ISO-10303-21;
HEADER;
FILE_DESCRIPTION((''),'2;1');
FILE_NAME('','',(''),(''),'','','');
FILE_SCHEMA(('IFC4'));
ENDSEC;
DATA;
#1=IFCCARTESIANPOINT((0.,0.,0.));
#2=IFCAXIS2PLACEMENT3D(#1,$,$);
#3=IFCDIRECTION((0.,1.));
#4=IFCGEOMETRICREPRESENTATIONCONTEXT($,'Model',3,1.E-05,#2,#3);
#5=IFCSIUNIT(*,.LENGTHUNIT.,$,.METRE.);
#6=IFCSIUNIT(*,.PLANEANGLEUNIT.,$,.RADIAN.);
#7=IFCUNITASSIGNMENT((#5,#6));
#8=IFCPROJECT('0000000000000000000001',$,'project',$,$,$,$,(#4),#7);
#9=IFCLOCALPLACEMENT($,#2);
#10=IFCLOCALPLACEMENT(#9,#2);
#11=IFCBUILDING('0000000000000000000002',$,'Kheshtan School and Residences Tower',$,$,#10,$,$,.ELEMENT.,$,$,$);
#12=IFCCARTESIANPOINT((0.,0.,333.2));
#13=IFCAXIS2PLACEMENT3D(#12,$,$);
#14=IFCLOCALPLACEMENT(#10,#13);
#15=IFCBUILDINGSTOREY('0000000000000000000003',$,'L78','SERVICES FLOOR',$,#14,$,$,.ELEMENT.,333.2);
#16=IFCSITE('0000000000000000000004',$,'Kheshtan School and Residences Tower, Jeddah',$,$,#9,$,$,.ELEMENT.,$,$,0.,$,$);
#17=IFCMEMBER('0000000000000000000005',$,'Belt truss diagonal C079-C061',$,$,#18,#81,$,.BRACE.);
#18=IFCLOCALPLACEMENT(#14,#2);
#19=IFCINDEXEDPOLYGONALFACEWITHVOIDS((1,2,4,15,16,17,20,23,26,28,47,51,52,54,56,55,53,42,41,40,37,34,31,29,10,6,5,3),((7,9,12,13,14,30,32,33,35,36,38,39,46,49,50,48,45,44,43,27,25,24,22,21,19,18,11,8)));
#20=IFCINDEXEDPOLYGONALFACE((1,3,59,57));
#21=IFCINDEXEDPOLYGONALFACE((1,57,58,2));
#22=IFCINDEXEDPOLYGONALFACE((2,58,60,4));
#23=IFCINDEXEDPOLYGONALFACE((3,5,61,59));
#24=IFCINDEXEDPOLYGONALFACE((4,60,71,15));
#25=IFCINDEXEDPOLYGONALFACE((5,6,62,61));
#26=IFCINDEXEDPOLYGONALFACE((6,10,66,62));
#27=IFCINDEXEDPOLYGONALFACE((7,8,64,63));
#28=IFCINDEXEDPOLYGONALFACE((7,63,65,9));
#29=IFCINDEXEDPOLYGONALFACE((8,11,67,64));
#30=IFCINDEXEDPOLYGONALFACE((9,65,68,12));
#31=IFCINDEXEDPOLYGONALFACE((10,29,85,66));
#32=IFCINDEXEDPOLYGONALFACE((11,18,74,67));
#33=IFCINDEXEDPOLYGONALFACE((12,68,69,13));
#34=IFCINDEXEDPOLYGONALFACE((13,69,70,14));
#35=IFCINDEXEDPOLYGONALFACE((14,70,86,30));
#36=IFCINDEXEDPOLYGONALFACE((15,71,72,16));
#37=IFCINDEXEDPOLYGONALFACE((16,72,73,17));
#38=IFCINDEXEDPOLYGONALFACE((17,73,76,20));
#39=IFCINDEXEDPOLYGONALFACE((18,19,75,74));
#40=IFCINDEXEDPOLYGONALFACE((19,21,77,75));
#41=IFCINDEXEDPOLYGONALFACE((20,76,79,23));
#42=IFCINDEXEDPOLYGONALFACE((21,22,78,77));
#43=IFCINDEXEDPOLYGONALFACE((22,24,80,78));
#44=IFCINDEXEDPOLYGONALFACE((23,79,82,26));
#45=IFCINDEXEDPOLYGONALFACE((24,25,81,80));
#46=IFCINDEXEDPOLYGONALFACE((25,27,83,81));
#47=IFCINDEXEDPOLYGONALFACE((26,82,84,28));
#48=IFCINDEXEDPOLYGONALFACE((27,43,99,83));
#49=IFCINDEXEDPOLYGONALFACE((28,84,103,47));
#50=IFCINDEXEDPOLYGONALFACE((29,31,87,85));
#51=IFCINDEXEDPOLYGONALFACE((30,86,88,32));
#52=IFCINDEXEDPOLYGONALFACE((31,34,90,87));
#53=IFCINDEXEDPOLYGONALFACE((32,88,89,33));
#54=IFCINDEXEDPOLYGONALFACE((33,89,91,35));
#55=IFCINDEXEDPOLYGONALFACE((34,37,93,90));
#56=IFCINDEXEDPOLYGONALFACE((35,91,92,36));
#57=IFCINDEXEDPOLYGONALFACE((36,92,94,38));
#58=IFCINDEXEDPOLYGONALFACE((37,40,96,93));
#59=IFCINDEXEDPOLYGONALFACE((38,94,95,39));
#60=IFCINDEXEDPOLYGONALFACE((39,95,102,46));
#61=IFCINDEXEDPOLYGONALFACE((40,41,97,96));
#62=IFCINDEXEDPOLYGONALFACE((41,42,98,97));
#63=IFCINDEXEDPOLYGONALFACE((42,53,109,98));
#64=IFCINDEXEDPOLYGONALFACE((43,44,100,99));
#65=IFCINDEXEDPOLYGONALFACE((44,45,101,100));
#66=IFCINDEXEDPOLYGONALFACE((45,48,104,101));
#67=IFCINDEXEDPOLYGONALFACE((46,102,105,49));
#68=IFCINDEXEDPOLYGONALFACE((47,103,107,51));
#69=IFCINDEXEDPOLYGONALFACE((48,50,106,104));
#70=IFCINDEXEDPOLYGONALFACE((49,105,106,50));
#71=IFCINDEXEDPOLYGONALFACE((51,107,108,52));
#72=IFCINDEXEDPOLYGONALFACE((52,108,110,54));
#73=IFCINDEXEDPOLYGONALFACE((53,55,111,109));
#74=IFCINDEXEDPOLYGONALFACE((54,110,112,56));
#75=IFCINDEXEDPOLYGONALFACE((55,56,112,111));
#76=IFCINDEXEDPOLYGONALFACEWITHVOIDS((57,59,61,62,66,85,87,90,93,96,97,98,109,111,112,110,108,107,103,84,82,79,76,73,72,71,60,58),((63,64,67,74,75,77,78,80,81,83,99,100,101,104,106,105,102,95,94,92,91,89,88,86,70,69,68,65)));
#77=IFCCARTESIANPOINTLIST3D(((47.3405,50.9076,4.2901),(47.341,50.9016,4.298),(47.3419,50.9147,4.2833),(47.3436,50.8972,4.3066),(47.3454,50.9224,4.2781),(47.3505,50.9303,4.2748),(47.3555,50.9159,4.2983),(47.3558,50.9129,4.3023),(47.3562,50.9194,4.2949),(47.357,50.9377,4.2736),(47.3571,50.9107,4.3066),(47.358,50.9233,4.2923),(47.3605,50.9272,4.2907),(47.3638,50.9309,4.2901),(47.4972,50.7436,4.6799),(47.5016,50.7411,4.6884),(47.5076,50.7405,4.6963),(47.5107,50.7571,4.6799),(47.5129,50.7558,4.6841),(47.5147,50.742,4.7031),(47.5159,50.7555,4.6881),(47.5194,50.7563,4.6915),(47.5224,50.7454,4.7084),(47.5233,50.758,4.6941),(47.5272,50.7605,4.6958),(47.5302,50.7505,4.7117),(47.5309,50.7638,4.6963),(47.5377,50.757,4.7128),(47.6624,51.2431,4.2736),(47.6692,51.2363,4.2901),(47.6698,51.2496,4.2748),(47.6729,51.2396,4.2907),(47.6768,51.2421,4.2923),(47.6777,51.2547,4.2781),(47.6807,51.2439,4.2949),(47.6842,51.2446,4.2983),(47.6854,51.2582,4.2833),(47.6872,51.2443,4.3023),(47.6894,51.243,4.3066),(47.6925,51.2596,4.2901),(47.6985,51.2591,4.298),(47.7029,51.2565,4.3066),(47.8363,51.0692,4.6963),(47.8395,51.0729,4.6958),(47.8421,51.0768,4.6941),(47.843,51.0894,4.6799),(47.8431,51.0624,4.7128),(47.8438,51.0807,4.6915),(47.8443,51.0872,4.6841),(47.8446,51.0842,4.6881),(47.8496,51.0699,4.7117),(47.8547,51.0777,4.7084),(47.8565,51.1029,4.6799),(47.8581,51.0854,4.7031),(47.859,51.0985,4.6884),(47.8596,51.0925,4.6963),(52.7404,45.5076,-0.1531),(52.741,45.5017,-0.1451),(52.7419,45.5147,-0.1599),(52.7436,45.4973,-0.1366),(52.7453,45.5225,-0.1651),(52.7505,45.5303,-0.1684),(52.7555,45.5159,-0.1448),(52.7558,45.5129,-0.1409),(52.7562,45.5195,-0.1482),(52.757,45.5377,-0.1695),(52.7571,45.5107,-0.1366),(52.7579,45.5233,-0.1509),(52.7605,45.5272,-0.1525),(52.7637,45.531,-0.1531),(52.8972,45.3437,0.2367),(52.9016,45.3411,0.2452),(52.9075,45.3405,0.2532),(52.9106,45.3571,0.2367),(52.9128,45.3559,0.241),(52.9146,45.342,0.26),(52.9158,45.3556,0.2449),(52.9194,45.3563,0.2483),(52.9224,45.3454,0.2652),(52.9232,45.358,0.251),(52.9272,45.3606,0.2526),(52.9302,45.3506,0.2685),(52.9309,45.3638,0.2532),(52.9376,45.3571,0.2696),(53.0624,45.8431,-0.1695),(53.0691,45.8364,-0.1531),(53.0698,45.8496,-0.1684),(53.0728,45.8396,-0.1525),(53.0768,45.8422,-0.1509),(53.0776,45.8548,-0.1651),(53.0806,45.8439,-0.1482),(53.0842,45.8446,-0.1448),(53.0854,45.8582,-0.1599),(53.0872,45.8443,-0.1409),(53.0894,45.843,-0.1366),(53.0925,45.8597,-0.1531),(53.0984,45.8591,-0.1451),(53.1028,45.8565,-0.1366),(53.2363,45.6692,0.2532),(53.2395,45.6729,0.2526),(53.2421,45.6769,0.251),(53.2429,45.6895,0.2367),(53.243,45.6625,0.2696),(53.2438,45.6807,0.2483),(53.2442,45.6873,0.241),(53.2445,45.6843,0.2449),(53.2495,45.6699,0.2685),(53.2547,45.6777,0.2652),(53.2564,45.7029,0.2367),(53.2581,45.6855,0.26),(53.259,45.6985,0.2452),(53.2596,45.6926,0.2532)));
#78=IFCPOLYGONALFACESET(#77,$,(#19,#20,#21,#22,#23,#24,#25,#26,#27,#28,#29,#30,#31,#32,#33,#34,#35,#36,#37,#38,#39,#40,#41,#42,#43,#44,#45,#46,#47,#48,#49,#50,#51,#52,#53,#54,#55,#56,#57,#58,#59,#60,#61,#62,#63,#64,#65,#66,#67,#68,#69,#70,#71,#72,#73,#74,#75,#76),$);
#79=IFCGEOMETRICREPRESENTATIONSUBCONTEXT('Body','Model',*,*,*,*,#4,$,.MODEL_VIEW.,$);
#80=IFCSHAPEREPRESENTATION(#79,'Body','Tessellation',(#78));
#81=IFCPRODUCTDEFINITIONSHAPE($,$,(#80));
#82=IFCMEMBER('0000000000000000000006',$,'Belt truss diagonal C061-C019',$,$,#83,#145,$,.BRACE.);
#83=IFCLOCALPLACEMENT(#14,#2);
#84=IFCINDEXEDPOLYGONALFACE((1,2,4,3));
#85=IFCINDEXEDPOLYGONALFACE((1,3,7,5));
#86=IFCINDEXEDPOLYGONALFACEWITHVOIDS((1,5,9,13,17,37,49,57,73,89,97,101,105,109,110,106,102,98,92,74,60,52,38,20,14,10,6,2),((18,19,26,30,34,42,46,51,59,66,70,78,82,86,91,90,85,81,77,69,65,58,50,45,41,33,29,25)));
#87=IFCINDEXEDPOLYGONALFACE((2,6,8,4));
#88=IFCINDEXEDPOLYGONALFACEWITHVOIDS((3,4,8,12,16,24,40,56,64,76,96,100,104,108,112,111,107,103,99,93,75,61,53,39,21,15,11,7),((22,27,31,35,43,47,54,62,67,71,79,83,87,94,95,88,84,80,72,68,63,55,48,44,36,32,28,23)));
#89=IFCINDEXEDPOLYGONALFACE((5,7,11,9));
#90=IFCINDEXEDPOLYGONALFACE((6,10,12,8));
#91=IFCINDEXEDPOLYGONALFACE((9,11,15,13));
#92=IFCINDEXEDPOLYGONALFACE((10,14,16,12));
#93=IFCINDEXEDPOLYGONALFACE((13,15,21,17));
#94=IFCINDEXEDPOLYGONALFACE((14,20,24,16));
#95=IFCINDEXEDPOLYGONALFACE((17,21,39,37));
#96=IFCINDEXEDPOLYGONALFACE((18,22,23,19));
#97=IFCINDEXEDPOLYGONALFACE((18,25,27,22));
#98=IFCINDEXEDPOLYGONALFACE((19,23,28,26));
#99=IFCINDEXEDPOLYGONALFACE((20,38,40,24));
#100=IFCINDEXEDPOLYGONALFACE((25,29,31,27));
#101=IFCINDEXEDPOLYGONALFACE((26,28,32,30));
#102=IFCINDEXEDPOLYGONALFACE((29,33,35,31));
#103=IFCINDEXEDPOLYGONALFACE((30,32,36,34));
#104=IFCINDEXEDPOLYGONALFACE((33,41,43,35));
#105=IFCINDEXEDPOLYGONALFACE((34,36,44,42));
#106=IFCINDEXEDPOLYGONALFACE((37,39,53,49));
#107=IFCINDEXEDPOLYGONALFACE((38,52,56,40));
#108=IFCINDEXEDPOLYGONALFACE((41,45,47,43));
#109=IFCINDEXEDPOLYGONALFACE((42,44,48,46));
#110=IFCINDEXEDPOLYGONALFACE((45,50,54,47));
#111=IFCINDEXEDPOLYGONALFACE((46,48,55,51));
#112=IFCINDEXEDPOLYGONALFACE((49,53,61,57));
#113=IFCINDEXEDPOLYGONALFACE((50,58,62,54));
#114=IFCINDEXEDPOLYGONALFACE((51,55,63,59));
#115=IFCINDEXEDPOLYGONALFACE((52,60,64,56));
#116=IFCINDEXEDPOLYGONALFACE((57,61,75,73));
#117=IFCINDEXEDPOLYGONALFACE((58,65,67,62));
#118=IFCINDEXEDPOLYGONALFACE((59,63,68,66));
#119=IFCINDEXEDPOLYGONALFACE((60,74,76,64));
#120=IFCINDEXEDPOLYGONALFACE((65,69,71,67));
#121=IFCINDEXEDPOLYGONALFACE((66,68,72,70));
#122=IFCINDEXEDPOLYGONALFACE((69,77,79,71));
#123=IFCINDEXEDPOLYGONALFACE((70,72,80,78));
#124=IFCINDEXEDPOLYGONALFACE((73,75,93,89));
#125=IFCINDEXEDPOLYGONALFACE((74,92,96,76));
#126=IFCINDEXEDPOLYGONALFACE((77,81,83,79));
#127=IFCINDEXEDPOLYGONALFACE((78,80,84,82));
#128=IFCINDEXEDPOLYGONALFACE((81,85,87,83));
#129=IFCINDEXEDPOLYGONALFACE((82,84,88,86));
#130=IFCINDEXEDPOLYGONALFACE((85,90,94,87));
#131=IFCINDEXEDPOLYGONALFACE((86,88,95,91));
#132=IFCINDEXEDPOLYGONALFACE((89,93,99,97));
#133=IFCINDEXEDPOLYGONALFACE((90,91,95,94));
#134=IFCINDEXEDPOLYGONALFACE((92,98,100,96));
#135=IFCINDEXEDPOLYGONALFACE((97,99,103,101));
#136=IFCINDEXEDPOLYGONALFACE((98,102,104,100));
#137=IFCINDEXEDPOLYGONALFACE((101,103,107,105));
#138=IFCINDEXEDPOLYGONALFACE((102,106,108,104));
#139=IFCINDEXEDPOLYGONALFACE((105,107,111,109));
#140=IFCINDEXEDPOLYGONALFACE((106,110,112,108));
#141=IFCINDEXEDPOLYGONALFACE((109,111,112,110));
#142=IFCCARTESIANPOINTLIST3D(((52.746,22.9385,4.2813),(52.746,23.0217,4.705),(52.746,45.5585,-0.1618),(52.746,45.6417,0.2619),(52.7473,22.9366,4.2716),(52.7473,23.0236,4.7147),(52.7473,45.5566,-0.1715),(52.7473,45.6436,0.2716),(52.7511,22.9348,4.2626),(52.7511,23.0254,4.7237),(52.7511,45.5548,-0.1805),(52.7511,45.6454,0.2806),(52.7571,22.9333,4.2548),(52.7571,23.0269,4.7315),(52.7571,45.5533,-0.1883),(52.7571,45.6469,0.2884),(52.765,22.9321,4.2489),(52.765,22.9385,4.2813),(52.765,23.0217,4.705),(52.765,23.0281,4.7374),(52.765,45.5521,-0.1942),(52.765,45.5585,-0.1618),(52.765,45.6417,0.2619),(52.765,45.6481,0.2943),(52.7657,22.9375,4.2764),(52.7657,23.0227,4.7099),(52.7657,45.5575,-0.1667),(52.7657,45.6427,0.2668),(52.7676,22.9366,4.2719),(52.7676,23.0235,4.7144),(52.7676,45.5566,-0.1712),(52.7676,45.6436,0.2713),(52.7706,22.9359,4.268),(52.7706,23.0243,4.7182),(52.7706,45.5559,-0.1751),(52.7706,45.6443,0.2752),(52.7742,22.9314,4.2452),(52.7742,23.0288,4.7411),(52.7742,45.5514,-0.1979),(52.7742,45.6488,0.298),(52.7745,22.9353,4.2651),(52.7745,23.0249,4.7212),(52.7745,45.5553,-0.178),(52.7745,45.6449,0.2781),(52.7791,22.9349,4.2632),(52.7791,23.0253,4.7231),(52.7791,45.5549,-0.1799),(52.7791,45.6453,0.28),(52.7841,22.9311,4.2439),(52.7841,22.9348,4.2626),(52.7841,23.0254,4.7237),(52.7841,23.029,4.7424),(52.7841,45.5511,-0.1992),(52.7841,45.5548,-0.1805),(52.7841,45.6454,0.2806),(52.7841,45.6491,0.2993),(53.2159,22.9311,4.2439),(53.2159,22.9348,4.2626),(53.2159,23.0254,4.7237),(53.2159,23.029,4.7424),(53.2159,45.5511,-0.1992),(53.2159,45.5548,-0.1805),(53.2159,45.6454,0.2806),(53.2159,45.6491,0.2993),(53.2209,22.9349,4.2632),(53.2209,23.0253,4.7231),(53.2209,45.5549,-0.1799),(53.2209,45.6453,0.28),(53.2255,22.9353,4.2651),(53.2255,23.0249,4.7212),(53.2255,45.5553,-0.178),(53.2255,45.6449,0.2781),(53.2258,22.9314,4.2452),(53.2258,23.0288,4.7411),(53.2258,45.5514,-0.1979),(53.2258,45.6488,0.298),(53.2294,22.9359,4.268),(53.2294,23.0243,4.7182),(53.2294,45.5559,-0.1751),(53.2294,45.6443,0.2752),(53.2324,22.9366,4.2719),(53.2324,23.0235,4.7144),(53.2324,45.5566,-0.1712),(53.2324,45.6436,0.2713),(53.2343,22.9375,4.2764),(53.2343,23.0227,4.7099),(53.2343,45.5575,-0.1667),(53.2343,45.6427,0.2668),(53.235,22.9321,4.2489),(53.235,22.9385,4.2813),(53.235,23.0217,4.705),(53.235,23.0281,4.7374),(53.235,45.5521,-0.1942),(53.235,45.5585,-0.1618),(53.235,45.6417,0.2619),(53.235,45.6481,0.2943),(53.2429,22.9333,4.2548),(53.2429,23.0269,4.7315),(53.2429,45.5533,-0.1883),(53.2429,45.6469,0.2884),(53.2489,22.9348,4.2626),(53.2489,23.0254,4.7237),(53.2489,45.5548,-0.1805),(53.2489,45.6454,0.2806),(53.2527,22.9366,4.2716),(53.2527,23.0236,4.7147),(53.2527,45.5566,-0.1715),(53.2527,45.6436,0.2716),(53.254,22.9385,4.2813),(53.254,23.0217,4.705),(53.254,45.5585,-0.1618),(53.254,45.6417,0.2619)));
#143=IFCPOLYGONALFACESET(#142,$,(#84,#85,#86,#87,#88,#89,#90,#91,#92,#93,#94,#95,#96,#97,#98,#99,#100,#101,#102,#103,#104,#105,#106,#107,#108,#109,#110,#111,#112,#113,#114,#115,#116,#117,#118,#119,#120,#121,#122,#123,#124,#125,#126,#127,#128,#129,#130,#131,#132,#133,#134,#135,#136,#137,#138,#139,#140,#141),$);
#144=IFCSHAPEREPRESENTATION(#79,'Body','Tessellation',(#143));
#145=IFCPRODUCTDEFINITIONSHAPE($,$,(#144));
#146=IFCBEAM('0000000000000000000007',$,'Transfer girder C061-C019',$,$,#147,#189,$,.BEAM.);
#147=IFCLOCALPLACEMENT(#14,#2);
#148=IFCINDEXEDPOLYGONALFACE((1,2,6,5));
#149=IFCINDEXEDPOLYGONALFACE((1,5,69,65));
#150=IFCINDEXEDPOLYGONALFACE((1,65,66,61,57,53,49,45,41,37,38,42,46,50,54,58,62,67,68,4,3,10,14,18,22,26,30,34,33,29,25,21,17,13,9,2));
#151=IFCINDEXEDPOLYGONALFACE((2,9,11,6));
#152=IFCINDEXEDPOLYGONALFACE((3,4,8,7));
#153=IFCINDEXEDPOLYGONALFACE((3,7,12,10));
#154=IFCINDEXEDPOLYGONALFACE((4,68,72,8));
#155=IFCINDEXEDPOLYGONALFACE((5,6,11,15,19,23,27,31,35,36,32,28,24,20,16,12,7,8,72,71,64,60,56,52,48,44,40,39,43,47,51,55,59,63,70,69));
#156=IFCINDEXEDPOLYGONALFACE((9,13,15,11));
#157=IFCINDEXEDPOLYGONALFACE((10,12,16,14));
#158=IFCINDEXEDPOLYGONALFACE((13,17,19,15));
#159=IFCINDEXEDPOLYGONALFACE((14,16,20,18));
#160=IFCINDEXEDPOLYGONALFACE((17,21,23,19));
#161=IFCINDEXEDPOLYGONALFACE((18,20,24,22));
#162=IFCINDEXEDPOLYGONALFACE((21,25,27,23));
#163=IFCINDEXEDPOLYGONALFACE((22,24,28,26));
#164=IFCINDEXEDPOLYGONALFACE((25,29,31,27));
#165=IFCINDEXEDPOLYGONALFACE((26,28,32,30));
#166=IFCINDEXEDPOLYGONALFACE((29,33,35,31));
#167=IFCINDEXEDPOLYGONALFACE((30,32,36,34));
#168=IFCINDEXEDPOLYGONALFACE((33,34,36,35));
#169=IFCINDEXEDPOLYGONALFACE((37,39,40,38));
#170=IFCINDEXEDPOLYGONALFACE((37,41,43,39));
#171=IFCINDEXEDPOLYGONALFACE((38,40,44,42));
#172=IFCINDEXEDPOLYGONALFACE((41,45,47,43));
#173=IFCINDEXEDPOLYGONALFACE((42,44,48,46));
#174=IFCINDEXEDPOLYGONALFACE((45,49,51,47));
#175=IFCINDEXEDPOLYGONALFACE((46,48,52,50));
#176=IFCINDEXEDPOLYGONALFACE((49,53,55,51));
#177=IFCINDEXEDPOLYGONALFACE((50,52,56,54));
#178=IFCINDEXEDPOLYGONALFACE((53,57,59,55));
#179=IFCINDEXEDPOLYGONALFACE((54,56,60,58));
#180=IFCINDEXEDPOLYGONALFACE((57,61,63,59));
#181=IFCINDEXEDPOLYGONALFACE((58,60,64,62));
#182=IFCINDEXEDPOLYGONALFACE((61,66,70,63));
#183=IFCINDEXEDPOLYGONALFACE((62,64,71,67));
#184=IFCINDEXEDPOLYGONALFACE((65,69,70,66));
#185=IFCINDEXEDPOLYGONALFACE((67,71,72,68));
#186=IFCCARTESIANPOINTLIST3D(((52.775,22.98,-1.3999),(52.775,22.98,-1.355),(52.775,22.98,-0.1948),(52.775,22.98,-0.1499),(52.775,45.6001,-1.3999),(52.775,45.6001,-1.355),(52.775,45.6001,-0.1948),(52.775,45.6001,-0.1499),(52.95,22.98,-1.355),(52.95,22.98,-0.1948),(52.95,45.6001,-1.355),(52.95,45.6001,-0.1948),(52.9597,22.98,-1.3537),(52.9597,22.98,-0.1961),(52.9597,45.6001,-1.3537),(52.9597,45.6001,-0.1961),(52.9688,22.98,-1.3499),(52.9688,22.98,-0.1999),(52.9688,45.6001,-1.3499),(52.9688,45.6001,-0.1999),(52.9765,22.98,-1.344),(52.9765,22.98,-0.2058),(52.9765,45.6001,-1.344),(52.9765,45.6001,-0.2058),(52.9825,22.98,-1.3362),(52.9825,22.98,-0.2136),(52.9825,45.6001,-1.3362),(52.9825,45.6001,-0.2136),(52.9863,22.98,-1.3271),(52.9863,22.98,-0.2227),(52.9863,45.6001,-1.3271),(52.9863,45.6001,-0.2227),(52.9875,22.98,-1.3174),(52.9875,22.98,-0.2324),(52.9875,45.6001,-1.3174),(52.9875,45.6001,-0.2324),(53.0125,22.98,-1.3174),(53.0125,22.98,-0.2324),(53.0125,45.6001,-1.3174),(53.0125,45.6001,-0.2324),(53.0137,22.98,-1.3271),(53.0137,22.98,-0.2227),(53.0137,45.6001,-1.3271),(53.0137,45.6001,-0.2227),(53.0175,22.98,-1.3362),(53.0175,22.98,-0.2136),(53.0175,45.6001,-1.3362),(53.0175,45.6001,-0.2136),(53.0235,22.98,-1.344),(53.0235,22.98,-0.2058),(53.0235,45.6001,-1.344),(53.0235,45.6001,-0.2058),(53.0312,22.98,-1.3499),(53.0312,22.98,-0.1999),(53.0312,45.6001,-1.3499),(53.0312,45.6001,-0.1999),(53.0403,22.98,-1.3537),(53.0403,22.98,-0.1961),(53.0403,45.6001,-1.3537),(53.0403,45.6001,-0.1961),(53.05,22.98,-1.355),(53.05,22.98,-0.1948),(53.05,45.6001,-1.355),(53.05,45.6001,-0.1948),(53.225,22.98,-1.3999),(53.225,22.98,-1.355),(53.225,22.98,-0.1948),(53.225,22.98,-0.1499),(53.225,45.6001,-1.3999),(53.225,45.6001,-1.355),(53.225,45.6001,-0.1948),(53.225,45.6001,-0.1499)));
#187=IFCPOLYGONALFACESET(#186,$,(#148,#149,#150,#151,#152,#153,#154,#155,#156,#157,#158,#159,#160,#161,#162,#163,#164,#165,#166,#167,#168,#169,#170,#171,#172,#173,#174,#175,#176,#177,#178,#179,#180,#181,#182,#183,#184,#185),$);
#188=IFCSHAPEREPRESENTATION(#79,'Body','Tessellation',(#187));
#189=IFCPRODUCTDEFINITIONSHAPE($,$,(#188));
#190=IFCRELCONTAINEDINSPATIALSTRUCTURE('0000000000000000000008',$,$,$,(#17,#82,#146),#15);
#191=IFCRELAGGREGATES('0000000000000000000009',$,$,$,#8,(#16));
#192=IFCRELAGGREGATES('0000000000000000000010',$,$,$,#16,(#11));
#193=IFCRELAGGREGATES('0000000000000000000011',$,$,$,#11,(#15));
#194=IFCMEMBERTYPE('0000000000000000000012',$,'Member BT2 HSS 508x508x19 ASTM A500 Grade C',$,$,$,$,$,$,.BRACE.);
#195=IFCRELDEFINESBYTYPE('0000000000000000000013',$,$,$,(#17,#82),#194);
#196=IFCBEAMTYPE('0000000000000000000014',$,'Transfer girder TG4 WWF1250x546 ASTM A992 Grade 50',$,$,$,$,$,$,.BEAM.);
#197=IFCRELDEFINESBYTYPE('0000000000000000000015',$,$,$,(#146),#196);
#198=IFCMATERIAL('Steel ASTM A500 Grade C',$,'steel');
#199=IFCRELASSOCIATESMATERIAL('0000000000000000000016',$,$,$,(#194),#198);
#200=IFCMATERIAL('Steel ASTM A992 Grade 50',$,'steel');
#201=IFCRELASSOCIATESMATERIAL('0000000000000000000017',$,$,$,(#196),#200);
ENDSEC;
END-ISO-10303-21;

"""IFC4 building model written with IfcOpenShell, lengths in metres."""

from ifc_helpers import new_model, si_unit, direction, frame, origin, origin_2d, place, context, subcontext, project, spatial, hollow_rectangle, i_section, extrude, material, material_profile, profile_set, type_object, element, save


model = new_model("IFC4")

# Units and contexts
model_context = context("Model", 3, precision=1e-05, world=origin(), true_north=direction((0.0, 1.0)))
body_context = subcontext(model_context, "Body", "Model", "MODEL_VIEW")
ifc_project = project(units=[si_unit("LENGTHUNIT", "METRE"), si_unit("PLANEANGLEUNIT", "RADIAN")], contexts=[model_context])

# Site, building, storey
site_placement = place(None, origin())
site = spatial("IfcSite", under=ifc_project, at=site_placement, Name="Kheshtan School and Residences Tower, Jeddah", CompositionType="ELEMENT", RefElevation=0.0)
building_placement = place(site_placement, origin())
building = spatial("IfcBuilding", under=site, at=building_placement, Name="Kheshtan School and Residences Tower", CompositionType="ELEMENT")
storey_placement = place(building_placement, frame((0.0, 0.0, 333.2)))
storey = spatial("IfcBuildingStorey", under=building, at=storey_placement, Name="L78", Description="SERVICES FLOOR", CompositionType="ELEMENT", Elevation=333.2)

# Shared definitions
ifc_material_1 = material(Name="Steel ASTM A992 Grade 50", Category="steel")
ifc_material_2 = material(Name="Steel ASTM A500 Grade C", Category="steel")

# Members
ifc_material_profile_1 = material_profile(ifc_material_2, hollow_rectangle(XDim=0.5081, YDim=0.5081, WallThickness=0.019, InnerFilletRadius=0.019, OuterFilletRadius=0.0381, at=origin_2d()), Name="HSS 508x508x19")
ifc_profile_set_1 = profile_set([ifc_material_profile_1], Name="Steel ASTM A500 Grade C")
member_type_1 = type_object("IfcMemberType", Name="Member BT2 HSS 508x508x19 ASTM A500 Grade C", PredefinedType="BRACE", material=ifc_profile_set_1)
member_1_placement = place(storey_placement, frame((53.0, 45.6001, 0.05), z_axis=(-0.611187, 0.611187, 0.502893), x_axis=(-0.707107, -0.707107, 0.0)))
element("IfcMember", 1, at=member_1_placement, inside=storey, type_object=member_type_1, Name="Belt truss diagonal C079-C061", PredefinedType="BRACE", context=body_context, shape_type="SweptSolid", body=[
    extrude(hollow_rectangle(XDim=0.5081, YDim=0.5081, WallThickness=0.019, InnerFilletRadius=0.019, OuterFilletRadius=0.0381, at=origin_2d()), origin(), (0.0, 0.0, 1.0), 8.8352),
])
member_2_placement = place(storey_placement, frame((53.0, 45.6001, 0.05), z_axis=(0.0, -0.98125, 0.19274), x_axis=(1.0, 0.0, 0.0)))
element("IfcMember", 2, at=member_2_placement, inside=storey, type_object=member_type_1, Name="Belt truss diagonal C061-C019", PredefinedType="BRACE", context=body_context, shape_type="SweptSolid", body=[
    extrude(hollow_rectangle(XDim=0.5081, YDim=0.5081, WallThickness=0.019, InnerFilletRadius=0.019, OuterFilletRadius=0.0381, at=origin_2d()), origin(), (0.0, 0.0, 1.0), 23.0522),
])

# Beam
ifc_material_profile_2 = material_profile(ifc_material_1, i_section(OverallWidth=0.45, OverallDepth=1.25, WebThickness=0.0249, FlangeThickness=0.0449, FilletRadius=0.0376, at=origin_2d()), Name="WWF1250x546")
ifc_profile_set_2 = profile_set([ifc_material_profile_2], Name="Steel ASTM A992 Grade 50")
beam_type_1 = type_object("IfcBeamType", Name="Transfer girder TG4 WWF1250x546 ASTM A992 Grade 50", PredefinedType="BEAM", material=ifc_profile_set_2)
beam_1_placement = place(storey_placement, frame((53.0, 45.6001, -0.7749), z_axis=(0.0, -1.0, 0.0), x_axis=(1.0, 0.0, 0.0)))
element("IfcBeam", 3, at=beam_1_placement, inside=storey, type_object=beam_type_1, Name="Transfer girder C061-C019", PredefinedType="BEAM", context=body_context, shape_type="SweptSolid", body=[
    extrude(i_section(OverallWidth=0.45, OverallDepth=1.25, WebThickness=0.0249, FlangeThickness=0.0449, FilletRadius=0.0376, at=origin_2d()), origin(), (0.0, 0.0, 1.0), 22.6201),
])

save(model, "model.ifc")
